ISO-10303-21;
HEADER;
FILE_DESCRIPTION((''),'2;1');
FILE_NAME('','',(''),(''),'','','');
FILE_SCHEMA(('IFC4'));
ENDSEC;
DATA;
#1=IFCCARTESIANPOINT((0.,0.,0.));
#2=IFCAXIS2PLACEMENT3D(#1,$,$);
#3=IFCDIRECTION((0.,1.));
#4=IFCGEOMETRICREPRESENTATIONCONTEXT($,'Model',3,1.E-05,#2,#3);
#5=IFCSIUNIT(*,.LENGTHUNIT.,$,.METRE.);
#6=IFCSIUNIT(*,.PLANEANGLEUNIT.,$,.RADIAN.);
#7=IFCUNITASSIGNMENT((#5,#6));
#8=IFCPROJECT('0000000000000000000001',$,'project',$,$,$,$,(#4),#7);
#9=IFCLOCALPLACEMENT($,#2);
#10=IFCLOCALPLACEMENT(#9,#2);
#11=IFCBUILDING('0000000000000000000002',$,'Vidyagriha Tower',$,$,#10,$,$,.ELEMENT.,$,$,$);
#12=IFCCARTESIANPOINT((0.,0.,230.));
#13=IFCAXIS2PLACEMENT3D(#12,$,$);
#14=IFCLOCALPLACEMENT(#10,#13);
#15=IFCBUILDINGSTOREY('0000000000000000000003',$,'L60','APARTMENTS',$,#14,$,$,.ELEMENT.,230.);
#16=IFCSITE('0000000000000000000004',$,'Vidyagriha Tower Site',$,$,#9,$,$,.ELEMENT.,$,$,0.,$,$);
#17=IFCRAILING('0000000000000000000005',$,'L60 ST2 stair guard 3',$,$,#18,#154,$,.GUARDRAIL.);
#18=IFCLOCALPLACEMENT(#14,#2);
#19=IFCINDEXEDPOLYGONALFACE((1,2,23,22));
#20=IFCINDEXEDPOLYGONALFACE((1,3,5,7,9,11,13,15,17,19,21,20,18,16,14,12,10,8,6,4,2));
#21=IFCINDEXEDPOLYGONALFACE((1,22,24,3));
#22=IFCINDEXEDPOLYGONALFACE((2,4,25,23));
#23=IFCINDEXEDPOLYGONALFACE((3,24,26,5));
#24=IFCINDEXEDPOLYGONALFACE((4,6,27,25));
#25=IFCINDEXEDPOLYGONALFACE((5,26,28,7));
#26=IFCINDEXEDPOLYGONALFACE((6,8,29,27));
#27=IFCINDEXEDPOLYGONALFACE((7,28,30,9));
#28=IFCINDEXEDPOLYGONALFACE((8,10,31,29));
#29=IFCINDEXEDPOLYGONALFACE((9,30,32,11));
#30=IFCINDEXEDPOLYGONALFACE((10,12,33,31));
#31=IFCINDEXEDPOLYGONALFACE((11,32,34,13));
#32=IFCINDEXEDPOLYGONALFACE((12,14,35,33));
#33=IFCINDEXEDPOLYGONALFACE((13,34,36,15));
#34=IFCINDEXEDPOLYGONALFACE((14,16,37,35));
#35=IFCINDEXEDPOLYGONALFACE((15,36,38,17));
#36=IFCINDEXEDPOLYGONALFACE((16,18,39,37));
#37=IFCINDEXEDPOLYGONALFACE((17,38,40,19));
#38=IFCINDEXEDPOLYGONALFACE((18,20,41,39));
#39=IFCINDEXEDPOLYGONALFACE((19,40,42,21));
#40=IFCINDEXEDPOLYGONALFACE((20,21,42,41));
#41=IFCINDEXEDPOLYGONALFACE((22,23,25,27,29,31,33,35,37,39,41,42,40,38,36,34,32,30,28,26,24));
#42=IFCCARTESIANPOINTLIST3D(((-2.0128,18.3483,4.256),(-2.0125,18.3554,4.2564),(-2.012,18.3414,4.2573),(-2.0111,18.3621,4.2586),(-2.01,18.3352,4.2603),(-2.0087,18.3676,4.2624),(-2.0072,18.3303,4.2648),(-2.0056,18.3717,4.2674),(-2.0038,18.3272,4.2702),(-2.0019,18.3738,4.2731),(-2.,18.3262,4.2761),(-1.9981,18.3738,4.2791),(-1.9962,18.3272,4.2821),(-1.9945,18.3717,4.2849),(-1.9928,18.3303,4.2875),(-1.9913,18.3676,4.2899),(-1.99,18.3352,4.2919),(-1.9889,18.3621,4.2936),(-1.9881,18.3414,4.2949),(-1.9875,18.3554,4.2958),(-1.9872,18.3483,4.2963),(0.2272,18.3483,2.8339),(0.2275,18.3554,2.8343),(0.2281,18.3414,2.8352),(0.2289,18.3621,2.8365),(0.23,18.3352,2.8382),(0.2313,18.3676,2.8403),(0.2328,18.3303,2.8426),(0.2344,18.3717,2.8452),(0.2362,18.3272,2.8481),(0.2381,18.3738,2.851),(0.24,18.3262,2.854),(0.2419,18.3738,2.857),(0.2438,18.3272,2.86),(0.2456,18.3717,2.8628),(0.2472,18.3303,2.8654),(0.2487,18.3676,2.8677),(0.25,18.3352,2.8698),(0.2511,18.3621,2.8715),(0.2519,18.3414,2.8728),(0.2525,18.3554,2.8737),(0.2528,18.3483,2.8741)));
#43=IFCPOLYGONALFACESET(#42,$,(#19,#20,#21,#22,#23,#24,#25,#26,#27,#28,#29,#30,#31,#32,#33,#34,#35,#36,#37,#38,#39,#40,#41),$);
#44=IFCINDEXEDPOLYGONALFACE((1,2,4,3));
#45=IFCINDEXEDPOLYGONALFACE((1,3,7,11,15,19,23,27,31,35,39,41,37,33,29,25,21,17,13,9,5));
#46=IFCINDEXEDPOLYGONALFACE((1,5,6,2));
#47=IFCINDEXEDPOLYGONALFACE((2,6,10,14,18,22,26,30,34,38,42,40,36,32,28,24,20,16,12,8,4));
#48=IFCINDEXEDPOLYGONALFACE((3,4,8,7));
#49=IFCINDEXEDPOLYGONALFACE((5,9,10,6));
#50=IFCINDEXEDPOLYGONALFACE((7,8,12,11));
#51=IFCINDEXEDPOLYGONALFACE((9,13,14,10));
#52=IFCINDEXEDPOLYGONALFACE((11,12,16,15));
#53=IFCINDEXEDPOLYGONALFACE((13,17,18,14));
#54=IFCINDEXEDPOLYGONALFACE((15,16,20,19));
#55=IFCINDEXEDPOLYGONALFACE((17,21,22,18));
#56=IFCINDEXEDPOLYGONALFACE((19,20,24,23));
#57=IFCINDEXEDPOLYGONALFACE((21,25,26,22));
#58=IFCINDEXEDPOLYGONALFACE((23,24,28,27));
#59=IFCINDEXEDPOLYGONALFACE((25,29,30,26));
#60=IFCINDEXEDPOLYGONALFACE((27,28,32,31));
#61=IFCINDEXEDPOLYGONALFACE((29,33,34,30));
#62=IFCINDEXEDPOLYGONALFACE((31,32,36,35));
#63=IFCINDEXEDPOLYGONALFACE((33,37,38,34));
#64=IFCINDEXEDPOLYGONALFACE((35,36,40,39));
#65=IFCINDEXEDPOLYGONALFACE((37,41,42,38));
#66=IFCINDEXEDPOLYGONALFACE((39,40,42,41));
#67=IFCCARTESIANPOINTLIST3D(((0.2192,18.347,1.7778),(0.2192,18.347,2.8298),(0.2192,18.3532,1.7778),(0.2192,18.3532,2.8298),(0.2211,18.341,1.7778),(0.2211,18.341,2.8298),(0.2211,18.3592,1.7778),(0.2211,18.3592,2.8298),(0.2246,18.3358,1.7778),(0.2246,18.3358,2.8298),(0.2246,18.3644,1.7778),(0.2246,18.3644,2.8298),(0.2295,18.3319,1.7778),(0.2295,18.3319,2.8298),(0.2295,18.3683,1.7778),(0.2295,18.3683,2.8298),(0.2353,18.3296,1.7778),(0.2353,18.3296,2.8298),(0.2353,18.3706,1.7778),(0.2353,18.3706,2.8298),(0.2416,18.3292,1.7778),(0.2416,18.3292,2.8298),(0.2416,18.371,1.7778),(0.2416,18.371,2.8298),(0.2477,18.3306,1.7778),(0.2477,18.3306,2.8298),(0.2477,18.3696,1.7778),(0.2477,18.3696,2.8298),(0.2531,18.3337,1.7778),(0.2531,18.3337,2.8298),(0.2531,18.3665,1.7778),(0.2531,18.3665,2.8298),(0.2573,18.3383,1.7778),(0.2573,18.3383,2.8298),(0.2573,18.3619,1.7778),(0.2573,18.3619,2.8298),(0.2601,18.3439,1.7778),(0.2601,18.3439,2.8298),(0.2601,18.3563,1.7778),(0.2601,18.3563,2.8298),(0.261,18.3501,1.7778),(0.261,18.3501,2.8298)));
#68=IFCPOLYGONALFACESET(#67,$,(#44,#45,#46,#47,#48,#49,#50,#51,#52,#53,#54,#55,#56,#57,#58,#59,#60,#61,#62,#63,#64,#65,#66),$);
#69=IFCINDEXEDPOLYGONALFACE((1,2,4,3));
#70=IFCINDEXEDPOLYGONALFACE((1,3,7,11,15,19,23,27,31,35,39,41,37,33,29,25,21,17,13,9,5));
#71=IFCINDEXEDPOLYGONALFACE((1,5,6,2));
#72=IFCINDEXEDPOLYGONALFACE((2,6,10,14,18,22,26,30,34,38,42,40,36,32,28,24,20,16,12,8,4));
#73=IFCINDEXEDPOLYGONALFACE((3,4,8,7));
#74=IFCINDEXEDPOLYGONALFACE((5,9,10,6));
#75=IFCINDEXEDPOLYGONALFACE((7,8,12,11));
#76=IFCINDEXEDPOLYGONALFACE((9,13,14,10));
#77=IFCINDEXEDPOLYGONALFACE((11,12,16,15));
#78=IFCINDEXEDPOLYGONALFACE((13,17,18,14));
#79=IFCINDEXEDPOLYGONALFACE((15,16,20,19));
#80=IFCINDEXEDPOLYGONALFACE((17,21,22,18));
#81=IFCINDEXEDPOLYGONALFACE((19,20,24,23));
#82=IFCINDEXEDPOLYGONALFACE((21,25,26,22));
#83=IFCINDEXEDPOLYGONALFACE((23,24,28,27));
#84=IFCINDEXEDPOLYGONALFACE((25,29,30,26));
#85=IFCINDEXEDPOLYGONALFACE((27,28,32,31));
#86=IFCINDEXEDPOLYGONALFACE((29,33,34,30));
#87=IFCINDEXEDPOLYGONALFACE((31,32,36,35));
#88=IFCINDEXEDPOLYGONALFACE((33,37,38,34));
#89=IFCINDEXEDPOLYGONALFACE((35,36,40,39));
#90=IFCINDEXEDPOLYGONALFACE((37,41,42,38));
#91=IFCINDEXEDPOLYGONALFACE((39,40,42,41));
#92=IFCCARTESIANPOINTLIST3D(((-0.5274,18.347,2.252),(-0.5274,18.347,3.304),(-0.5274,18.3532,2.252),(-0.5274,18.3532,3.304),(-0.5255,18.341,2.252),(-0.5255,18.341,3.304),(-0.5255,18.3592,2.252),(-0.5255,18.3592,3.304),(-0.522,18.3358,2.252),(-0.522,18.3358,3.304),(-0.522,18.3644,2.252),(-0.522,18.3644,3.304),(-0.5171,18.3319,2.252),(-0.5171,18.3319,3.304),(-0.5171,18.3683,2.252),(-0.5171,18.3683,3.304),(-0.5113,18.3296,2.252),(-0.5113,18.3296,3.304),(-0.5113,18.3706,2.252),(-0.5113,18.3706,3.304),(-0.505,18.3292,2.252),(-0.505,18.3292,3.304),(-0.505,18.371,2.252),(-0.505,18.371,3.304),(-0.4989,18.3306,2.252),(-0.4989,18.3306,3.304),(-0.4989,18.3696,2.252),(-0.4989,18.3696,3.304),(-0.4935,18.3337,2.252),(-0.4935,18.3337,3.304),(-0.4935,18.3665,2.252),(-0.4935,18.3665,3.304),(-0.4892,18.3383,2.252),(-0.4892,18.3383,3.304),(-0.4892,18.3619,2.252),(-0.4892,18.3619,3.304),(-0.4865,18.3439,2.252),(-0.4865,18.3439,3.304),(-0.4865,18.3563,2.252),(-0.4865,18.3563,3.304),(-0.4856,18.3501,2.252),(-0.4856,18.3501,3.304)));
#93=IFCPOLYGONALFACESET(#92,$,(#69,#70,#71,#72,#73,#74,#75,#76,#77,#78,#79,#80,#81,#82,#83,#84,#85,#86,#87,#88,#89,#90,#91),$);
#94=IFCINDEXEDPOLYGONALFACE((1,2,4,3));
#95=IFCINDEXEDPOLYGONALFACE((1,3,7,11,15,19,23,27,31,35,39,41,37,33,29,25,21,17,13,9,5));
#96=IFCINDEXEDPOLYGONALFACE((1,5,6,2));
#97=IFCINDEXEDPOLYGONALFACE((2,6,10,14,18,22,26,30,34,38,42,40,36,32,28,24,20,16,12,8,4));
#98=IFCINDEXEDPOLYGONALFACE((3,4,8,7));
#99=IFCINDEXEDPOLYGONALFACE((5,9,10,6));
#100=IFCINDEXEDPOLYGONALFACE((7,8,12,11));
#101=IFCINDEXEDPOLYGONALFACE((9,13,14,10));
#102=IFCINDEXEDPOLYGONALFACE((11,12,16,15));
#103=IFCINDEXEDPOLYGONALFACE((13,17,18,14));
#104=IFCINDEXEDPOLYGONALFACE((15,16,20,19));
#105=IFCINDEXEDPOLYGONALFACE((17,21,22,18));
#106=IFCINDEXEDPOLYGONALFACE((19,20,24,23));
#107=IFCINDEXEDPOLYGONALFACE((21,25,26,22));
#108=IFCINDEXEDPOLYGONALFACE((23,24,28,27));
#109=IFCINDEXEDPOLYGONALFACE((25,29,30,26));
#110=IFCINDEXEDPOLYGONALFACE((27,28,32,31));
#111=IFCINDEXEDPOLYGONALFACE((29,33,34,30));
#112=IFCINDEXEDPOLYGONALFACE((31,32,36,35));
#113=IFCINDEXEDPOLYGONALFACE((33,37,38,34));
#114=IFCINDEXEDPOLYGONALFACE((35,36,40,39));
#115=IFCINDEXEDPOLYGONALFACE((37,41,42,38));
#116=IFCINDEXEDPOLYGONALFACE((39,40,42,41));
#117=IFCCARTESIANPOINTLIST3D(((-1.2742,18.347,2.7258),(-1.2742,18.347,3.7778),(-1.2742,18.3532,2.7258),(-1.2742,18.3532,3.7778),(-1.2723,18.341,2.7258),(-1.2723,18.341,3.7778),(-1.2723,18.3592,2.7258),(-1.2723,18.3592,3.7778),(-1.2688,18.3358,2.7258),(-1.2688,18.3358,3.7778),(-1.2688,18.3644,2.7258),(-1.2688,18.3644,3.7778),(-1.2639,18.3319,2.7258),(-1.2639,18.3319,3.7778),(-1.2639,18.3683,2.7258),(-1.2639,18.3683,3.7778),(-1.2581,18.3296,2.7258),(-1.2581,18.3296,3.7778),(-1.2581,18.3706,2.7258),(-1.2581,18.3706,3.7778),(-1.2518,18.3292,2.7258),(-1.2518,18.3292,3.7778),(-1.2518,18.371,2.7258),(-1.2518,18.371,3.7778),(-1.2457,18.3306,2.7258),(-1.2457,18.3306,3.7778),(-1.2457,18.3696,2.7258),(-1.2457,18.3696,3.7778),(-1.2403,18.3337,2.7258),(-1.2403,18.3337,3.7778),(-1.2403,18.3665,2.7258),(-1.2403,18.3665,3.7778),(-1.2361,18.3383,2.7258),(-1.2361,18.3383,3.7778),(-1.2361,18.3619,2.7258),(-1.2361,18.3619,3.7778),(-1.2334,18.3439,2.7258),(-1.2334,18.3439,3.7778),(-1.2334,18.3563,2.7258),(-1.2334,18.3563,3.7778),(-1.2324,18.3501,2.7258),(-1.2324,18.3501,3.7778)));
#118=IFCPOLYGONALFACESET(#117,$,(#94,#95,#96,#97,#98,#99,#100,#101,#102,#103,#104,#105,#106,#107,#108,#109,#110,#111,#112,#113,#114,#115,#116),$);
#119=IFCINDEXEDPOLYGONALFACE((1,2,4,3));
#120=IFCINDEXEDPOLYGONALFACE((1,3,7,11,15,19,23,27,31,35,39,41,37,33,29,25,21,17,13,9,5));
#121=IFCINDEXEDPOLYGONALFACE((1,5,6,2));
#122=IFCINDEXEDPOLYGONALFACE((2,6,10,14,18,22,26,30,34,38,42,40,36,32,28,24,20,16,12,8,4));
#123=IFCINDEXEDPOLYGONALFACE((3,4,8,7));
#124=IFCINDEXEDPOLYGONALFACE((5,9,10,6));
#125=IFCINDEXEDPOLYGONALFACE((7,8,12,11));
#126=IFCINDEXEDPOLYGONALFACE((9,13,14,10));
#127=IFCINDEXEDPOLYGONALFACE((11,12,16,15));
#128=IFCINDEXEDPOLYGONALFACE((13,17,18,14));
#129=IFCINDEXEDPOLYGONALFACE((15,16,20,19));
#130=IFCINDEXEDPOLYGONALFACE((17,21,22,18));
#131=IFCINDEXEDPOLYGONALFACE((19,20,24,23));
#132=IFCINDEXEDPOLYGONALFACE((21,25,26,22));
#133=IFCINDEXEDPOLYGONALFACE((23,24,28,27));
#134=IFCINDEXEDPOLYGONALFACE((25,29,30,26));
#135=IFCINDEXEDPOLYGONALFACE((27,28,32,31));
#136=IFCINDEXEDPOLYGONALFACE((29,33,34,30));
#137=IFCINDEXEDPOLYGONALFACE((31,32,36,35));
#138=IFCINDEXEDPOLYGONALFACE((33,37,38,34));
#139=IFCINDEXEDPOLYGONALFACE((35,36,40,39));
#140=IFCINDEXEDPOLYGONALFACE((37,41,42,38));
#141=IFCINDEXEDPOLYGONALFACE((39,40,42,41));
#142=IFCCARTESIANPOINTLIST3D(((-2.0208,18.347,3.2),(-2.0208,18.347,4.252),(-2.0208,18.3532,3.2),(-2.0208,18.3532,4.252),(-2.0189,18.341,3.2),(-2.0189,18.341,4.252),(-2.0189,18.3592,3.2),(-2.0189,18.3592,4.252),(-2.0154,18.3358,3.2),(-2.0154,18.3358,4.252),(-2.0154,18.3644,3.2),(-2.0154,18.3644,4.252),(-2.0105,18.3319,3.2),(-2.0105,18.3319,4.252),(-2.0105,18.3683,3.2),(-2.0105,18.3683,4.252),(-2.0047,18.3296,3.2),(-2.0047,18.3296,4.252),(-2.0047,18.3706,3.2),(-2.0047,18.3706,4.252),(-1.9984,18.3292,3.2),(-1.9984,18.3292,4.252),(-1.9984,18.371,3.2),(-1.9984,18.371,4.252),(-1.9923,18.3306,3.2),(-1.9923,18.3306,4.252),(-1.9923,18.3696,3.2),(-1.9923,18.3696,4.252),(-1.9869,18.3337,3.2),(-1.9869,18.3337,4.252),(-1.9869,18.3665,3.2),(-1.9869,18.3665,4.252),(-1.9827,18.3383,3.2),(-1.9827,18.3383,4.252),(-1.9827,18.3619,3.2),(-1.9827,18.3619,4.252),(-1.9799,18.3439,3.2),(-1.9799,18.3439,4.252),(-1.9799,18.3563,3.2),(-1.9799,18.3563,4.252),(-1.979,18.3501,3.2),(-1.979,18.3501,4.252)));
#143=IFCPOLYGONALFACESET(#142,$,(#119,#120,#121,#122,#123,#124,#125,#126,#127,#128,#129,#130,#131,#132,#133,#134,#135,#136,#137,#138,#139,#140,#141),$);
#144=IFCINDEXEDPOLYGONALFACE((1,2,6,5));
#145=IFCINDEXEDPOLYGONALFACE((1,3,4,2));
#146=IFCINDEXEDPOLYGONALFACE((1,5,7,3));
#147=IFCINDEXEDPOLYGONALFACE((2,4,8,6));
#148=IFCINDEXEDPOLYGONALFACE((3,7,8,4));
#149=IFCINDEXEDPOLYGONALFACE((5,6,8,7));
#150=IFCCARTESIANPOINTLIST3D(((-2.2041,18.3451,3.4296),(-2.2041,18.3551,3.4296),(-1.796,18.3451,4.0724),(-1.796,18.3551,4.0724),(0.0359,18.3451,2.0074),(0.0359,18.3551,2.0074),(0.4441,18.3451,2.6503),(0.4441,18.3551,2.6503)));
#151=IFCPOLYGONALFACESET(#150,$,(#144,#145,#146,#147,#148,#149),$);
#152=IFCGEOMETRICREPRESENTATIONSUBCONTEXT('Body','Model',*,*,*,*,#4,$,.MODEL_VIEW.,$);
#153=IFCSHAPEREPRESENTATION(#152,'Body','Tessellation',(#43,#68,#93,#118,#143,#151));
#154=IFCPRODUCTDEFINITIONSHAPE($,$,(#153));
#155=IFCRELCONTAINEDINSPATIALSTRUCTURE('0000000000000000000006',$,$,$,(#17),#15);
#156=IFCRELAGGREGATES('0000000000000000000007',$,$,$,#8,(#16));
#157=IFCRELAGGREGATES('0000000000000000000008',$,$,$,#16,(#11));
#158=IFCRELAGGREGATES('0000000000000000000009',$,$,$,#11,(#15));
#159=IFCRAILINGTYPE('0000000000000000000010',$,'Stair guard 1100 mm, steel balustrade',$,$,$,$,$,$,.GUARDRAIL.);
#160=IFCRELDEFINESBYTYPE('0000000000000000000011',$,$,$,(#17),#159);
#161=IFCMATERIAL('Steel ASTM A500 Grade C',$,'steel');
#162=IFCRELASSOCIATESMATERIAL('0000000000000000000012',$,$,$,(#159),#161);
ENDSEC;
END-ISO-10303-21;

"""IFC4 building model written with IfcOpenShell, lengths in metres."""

from ifc_helpers import new_model, si_unit, direction, frame, origin, origin_2d, place, context, subcontext, project, spatial, rectangle, circle, extrude, material, type_object, element, save


model = new_model("IFC4")

# Units and contexts
model_context = context("Model", 3, precision=1e-05, world=origin(), true_north=direction((0.0, 1.0)))
body_context = subcontext(model_context, "Body", "Model", "MODEL_VIEW")
ifc_project = project(units=[si_unit("LENGTHUNIT", "METRE"), si_unit("PLANEANGLEUNIT", "RADIAN")], contexts=[model_context])

# Site, building, storey
site_placement = place(None, origin())
site = spatial("IfcSite", under=ifc_project, at=site_placement, Name="Vidyagriha Tower Site", CompositionType="ELEMENT", RefElevation=0.0)
building_placement = place(site_placement, origin())
building = spatial("IfcBuilding", under=site, at=building_placement, Name="Vidyagriha Tower", CompositionType="ELEMENT")
storey_placement = place(building_placement, frame((0.0, 0.0, 230.0)))
storey = spatial("IfcBuildingStorey", under=building, at=storey_placement, Name="L60", Description="APARTMENTS", CompositionType="ELEMENT", Elevation=230.0)

# Railing
ifc_material_1 = material(Name="Steel ASTM A500 Grade C", Category="steel")
railing_type_1 = type_object("IfcRailingType", Name="Stair guard 1100 mm, steel balustrade", PredefinedType="GUARDRAIL", material=ifc_material_1)
railing_1_placement = place(storey_placement, frame((0.24, 18.3501, 1.7778)))
element("IfcRailing", 1, at=railing_1_placement, inside=storey, type_object=railing_type_1, Name="L60 ST2 stair guard 3", PredefinedType="GUARDRAIL", context=body_context, shape_type="SweptSolid", body=[
    extrude(circle(Radius=0.0239, at=origin_2d()), frame((0.0, 0.0, 1.0762), z_axis=(-0.844229, 0.0, 0.535982), x_axis=(0.0, -1.0, 0.0)), (0.0, 0.0, 1.0), 2.6533),
    extrude(circle(Radius=0.021, at=origin_2d()), origin(), (0.0, 0.0, 1.0), 1.052),
    extrude(circle(Radius=0.021, at=origin_2d()), frame((-0.7466, 0.0, 0.4741)), (0.0, 0.0, 1.0), 1.052),
    extrude(circle(Radius=0.021, at=origin_2d()), frame((-1.4934, 0.0, 0.948)), (0.0, 0.0, 1.0), 1.052),
    extrude(circle(Radius=0.021, at=origin_2d()), frame((-2.24, 0.0, 1.4221)), (0.0, 0.0, 1.0), 1.052),
    extrude(rectangle(XDim=0.01, YDim=0.7615, at=origin_2d()), frame((0.0, 0.0, 0.551), z_axis=(-0.844229, 0.0, 0.535982), x_axis=(0.0, -1.0, 0.0)), (0.0, 0.0, 1.0), 2.6533),
])

save(model, "model.ifc")
